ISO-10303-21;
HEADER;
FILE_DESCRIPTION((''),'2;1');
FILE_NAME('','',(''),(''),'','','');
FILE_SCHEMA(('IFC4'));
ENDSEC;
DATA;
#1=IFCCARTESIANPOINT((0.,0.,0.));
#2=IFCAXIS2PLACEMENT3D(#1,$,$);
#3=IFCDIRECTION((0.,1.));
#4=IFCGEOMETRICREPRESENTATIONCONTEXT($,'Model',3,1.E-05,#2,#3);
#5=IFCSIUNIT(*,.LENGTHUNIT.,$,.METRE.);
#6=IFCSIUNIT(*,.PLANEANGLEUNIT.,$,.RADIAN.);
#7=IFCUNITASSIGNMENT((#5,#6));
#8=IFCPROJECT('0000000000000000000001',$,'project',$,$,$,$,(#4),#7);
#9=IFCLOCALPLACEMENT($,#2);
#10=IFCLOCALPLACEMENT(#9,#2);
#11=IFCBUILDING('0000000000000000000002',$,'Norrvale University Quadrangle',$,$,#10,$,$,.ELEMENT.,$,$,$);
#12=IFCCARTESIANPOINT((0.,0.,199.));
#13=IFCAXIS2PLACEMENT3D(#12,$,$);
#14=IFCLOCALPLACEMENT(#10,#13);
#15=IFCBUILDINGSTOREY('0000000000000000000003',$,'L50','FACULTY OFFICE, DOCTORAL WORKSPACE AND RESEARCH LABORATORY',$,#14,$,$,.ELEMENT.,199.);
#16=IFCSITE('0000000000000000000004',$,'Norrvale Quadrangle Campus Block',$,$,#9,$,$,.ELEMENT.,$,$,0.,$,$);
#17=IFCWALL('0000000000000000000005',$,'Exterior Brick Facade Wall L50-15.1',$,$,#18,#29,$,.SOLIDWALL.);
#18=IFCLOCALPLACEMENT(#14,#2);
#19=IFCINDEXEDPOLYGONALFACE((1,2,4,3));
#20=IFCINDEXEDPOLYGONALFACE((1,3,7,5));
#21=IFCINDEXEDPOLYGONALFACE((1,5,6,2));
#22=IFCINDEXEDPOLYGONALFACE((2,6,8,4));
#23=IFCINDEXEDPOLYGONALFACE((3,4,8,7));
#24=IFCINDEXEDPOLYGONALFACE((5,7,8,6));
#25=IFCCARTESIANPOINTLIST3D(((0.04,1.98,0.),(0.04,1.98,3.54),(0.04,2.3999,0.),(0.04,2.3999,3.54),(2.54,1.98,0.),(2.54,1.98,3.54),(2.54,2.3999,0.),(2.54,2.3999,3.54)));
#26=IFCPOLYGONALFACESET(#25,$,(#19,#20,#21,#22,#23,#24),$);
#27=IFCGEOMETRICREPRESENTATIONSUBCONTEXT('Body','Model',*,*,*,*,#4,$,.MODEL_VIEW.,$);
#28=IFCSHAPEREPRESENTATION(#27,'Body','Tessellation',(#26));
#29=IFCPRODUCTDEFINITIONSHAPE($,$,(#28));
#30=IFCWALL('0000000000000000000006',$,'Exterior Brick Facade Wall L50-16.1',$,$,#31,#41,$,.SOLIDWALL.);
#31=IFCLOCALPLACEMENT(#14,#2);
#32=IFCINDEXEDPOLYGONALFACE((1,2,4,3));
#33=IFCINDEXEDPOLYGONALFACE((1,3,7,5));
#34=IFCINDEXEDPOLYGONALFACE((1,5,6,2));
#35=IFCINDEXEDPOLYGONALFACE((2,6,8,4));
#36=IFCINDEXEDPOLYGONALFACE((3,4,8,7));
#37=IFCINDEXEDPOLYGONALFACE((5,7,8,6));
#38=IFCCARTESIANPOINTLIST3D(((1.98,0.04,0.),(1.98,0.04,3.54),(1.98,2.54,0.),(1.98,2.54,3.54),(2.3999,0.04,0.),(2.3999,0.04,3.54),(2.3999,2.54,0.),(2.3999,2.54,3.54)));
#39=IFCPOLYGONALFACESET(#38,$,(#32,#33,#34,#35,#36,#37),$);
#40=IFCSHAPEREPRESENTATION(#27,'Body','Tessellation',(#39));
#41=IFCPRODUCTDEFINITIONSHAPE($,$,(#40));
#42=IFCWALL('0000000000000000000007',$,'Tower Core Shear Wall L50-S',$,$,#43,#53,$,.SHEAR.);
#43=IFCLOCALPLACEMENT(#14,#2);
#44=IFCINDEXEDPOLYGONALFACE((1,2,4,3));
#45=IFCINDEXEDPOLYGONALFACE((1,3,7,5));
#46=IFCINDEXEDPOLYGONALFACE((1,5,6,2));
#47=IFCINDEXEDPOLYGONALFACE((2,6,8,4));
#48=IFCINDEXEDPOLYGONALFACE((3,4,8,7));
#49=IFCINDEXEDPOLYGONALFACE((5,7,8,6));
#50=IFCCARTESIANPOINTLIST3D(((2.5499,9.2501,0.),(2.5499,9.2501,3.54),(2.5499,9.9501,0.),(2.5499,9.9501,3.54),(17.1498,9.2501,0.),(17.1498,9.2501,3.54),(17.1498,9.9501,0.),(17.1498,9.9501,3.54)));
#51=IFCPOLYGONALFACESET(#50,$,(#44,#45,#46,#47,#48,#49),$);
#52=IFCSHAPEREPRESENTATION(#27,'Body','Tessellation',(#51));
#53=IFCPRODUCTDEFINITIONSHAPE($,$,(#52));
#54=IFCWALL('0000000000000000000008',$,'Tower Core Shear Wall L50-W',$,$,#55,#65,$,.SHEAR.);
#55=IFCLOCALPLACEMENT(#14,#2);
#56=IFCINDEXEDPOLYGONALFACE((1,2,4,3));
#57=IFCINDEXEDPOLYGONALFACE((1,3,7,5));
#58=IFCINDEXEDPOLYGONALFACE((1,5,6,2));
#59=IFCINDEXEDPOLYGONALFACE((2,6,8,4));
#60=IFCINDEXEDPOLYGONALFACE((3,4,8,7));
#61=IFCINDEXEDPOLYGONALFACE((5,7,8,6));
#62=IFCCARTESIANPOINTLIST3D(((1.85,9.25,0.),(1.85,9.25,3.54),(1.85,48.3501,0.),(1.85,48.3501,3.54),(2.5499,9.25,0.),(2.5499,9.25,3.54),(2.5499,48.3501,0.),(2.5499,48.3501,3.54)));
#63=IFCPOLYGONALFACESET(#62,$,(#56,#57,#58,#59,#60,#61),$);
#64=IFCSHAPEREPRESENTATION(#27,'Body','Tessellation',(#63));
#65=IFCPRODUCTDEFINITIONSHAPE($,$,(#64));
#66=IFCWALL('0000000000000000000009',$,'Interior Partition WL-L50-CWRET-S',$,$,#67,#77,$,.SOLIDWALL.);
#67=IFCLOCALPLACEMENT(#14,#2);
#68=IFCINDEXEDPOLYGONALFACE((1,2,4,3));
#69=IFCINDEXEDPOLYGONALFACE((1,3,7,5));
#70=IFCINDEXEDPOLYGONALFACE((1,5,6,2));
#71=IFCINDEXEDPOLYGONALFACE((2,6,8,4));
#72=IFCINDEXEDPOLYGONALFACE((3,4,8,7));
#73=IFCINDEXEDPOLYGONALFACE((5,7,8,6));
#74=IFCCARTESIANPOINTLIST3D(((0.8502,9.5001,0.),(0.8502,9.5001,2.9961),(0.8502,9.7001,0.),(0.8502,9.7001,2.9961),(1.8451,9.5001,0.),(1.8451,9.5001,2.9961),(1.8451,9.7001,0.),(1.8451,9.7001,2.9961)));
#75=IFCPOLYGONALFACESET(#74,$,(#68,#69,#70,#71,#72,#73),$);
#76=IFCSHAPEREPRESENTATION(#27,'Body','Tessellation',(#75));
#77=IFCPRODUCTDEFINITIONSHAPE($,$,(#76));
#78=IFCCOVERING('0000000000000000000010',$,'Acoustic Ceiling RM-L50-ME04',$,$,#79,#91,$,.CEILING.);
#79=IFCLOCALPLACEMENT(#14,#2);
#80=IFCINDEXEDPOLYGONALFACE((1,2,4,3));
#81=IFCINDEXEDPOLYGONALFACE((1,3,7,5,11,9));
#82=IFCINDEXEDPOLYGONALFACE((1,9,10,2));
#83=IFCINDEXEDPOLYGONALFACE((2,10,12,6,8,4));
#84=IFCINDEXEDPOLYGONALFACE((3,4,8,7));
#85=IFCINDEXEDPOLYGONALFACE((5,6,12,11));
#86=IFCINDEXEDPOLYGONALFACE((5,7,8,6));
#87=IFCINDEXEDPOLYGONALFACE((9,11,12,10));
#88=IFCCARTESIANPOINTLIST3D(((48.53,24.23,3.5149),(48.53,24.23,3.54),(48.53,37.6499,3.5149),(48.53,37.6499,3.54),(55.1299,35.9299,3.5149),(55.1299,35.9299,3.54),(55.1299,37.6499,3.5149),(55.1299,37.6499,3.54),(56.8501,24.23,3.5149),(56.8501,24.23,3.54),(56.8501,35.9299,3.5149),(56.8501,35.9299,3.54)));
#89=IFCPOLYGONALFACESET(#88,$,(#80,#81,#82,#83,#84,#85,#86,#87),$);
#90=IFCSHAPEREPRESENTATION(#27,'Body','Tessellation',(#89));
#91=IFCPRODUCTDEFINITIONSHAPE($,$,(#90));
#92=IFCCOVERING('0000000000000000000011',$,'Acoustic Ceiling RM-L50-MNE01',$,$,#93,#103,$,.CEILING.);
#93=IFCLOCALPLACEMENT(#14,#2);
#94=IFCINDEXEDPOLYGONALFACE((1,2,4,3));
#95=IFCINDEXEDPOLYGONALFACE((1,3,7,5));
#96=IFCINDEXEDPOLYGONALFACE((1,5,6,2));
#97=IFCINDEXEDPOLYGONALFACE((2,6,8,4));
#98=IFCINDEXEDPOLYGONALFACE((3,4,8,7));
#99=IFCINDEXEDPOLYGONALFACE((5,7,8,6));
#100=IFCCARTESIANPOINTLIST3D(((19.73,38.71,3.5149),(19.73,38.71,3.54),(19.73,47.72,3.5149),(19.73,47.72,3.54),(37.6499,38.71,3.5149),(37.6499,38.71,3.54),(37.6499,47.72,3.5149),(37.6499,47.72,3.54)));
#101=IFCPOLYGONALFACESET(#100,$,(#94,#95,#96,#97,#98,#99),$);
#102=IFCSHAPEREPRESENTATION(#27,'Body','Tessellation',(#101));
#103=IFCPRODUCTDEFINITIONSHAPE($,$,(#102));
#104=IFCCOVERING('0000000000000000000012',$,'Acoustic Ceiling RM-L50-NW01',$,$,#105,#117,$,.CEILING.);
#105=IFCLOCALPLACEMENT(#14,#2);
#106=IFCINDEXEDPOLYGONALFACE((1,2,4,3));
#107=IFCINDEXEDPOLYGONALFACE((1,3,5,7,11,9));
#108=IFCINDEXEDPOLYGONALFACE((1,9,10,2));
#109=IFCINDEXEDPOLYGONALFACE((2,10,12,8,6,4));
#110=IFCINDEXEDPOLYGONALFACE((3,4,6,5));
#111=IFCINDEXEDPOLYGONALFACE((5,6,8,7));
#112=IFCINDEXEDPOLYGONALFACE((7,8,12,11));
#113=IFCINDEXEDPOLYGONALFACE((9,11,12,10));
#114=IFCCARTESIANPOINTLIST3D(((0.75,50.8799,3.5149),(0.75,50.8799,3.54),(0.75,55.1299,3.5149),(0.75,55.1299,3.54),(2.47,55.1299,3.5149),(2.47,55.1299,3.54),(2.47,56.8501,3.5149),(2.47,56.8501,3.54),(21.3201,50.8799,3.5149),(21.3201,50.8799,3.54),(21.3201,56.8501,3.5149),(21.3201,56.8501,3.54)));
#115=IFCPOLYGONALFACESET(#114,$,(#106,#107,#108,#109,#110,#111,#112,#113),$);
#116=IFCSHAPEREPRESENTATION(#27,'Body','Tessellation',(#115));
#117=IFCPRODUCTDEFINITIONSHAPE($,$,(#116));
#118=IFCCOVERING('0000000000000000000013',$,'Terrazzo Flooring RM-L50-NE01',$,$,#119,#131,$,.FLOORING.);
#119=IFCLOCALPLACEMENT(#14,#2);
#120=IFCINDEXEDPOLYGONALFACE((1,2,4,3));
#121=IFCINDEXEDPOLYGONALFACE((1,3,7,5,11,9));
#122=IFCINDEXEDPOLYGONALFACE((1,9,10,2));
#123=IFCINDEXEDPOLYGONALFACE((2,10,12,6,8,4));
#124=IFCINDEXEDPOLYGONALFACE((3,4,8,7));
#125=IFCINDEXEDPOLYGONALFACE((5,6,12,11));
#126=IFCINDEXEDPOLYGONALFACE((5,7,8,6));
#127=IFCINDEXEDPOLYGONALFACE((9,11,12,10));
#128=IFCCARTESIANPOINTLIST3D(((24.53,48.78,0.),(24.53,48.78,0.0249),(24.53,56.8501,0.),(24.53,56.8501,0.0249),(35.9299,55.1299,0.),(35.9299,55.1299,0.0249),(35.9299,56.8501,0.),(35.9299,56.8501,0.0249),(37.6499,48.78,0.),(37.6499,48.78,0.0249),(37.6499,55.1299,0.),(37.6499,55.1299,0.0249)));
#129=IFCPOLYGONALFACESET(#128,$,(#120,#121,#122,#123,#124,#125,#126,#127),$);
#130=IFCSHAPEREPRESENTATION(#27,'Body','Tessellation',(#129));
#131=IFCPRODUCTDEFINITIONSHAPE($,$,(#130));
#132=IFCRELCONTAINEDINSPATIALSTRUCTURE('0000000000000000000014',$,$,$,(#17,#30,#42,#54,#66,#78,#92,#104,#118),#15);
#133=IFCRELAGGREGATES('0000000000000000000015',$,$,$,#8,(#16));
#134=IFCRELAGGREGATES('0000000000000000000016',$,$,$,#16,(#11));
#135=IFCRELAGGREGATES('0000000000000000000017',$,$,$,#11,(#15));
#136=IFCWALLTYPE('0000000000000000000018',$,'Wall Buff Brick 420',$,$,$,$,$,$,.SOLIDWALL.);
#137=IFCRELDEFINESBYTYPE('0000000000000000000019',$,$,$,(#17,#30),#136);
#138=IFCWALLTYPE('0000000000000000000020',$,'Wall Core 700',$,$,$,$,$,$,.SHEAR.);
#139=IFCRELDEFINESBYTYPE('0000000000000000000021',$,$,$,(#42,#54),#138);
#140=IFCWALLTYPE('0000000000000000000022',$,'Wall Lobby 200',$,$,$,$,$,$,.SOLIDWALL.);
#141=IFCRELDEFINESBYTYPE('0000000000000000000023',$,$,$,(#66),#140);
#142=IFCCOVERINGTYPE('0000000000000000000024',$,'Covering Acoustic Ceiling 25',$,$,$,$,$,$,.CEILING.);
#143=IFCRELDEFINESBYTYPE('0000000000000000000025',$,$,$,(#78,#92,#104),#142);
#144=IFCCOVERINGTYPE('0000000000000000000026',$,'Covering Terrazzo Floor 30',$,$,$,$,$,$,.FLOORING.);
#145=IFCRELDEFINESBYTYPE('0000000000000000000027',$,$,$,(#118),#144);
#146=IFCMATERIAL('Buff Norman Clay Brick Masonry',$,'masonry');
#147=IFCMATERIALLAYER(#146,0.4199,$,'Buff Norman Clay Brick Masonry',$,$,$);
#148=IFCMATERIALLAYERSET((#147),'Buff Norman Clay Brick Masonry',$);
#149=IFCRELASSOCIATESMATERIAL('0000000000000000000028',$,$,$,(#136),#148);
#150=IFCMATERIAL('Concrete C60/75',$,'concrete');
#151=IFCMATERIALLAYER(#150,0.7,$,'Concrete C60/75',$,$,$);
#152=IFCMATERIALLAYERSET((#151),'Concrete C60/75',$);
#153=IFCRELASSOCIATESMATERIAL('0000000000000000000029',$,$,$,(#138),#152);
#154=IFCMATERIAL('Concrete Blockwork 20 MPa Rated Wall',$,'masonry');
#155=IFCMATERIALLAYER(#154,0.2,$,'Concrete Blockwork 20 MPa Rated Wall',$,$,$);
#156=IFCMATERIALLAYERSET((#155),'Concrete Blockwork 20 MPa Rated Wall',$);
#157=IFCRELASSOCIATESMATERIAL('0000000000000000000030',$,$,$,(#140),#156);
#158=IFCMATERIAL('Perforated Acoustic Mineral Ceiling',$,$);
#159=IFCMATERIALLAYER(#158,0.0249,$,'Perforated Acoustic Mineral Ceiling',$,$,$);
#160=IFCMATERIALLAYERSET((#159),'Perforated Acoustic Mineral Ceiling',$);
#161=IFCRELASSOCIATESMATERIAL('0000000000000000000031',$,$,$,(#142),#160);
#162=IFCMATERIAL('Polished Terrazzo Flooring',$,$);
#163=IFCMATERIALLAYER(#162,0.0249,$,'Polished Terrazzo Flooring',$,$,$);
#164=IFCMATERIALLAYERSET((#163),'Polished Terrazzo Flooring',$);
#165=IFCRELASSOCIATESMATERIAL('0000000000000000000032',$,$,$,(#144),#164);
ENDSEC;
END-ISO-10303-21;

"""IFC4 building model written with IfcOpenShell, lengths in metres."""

from ifc_helpers import new_model, si_unit, direction, frame, frame_2d, origin, place, context, subcontext, project, spatial, polyline, rectangle, outline, extrude, material, layer, layer_set, type_object, element, save


model = new_model("IFC4")

# Units and contexts
model_context = context("Model", 3, precision=1e-05, world=origin(), true_north=direction((0.0, 1.0)))
body_context = subcontext(model_context, "Body", "Model", "MODEL_VIEW")
ifc_project = project(units=[si_unit("LENGTHUNIT", "METRE"), si_unit("PLANEANGLEUNIT", "RADIAN")], contexts=[model_context])

# Site, building, storey
site_placement = place(None, origin())
site = spatial("IfcSite", under=ifc_project, at=site_placement, Name="Norrvale Quadrangle Campus Block", CompositionType="ELEMENT", RefElevation=0.0)
building_placement = place(site_placement, origin())
building = spatial("IfcBuilding", under=site, at=building_placement, Name="Norrvale University Quadrangle", CompositionType="ELEMENT")
storey_placement = place(building_placement, frame((0.0, 0.0, 199.0)))
storey = spatial("IfcBuildingStorey", under=building, at=storey_placement, Name="L50", Description="FACULTY OFFICE, DOCTORAL WORKSPACE AND RESEARCH LABORATORY", CompositionType="ELEMENT", Elevation=199.0)

# Shared definitions
ifc_material_1 = material(Name="Concrete C60/75", Category="concrete")

# Shared definitions
ifc_material_2 = material(Name="Buff Norman Clay Brick Masonry", Category="masonry")
ifc_layer_1 = layer(ifc_material_2, 0.4199, Name="Buff Norman Clay Brick Masonry")
ifc_layer_set_1 = layer_set([ifc_layer_1], Name="Buff Norman Clay Brick Masonry")
wall_type_1 = type_object("IfcWallType", Name="Wall Buff Brick 420", PredefinedType="SOLIDWALL", material=ifc_layer_set_1)

# Walls
for number, where, z_axis, x_axis, name in (
    (1, (0.04, 2.1899, 0.0), (0.0, 0.0, 1.0), (1.0, 0.0, 0.0), "Exterior Brick Facade Wall L50-15.1"),
    (2, (2.1899, 2.54, 0.0), (0.0, 0.0, 1.0), (0.0, -1.0, 0.0), "Exterior Brick Facade Wall L50-16.1"),
):
    element("IfcWall", number, at=place(storey_placement, frame(where, z_axis=z_axis, x_axis=x_axis)), inside=storey, type_object=wall_type_1, Name=name, PredefinedType="SOLIDWALL", context=body_context, shape_type="SweptSolid", body=[
        extrude(rectangle(XDim=2.5, YDim=0.4199, at=frame_2d((1.25, 0.0))), origin(), (0.0, 0.0, 1.0), 3.54),
    ])
ifc_layer_2 = layer(ifc_material_1, 0.7, Name="Concrete C60/75")
ifc_layer_set_2 = layer_set([ifc_layer_2], Name="Concrete C60/75")
wall_type_2 = type_object("IfcWallType", Name="Wall Core 700", PredefinedType="SHEAR", material=ifc_layer_set_2)
wall_1_placement = place(storey_placement, frame((2.55, 9.6001, 0.0), z_axis=(0.0, 0.0, 1.0), x_axis=(1.0, 0.0, 0.0)))
element("IfcWall", 3, at=wall_1_placement, inside=storey, type_object=wall_type_2, Name="Tower Core Shear Wall L50-S", PredefinedType="SHEAR", context=body_context, shape_type="SweptSolid", body=[
    extrude(rectangle(XDim=14.5999, YDim=0.7, at=frame_2d((7.2998, 0.0))), origin(), (0.0, 0.0, 1.0), 3.54),
])
wall_2_placement = place(storey_placement, frame((2.2, 9.25, 0.0), z_axis=(0.0, 0.0, 1.0), x_axis=(0.0, 1.0, 0.0)))
element("IfcWall", 4, at=wall_2_placement, inside=storey, type_object=wall_type_2, Name="Tower Core Shear Wall L50-W", PredefinedType="SHEAR", context=body_context, shape_type="SweptSolid", body=[
    extrude(rectangle(XDim=39.1001, YDim=0.7, at=frame_2d((19.55, 0.0))), origin(), (0.0, 0.0, 1.0), 3.54),
])
ifc_material_3 = material(Name="Concrete Blockwork 20 MPa Rated Wall", Category="masonry")
ifc_layer_3 = layer(ifc_material_3, 0.2, Name="Concrete Blockwork 20 MPa Rated Wall")
ifc_layer_set_3 = layer_set([ifc_layer_3], Name="Concrete Blockwork 20 MPa Rated Wall")
wall_type_3 = type_object("IfcWallType", Name="Wall Lobby 200", PredefinedType="SOLIDWALL", material=ifc_layer_set_3)
wall_3_placement = place(storey_placement, frame((0.8501, 9.6001, 0.0), z_axis=(0.0, 0.0, 1.0), x_axis=(1.0, 0.0, 0.0)))
element("IfcWall", 5, at=wall_3_placement, inside=storey, type_object=wall_type_3, Name="Interior Partition WL-L50-CWRET-S", PredefinedType="SOLIDWALL", context=body_context, shape_type="SweptSolid", body=[
    extrude(rectangle(XDim=0.9949, YDim=0.2, at=frame_2d((0.4976, 0.0))), origin(), (0.0, 0.0, 1.0), 2.9961),
])

# Coverings
ifc_material_4 = material(Name="Perforated Acoustic Mineral Ceiling")
ifc_layer_4 = layer(ifc_material_4, 0.0249, Name="Perforated Acoustic Mineral Ceiling")
ifc_layer_set_4 = layer_set([ifc_layer_4], Name="Perforated Acoustic Mineral Ceiling")
covering_type_1 = type_object("IfcCoveringType", Name="Covering Acoustic Ceiling 25", PredefinedType="CEILING", material=ifc_layer_set_4)
covering_1_placement = place(storey_placement, frame((0.0, 0.0, 3.5149)))
element("IfcCovering", 6, at=covering_1_placement, inside=storey, type_object=covering_type_1, Name="Acoustic Ceiling RM-L50-ME04", PredefinedType="CEILING", context=body_context, shape_type="SweptSolid", body=[
    extrude(outline(polyline([(56.8501, 24.23), (48.53, 24.23), (48.53, 37.6499), (55.1299, 37.6499), (55.1299, 35.9299), (56.8501, 35.9299), (56.8501, 24.23)])), origin(), (0.0, 0.0, 1.0), 0.0251),
])
covering_2_placement = place(storey_placement, frame((0.0, 0.0, 3.5149)))
element("IfcCovering", 7, at=covering_2_placement, inside=storey, type_object=covering_type_1, Name="Acoustic Ceiling RM-L50-MNE01", PredefinedType="CEILING", context=body_context, shape_type="SweptSolid", body=[
    extrude(outline(polyline([(19.73, 47.72), (37.6499, 47.72), (37.6499, 38.71), (19.73, 38.71), (19.73, 47.72)])), origin(), (0.0, 0.0, 1.0), 0.0251),
])
covering_3_placement = place(storey_placement, frame((0.0, 0.0, 3.5149)))
element("IfcCovering", 8, at=covering_3_placement, inside=storey, type_object=covering_type_1, Name="Acoustic Ceiling RM-L50-NW01", PredefinedType="CEILING", context=body_context, shape_type="SweptSolid", body=[
    extrude(outline(polyline([(21.3201, 56.8501), (21.3201, 50.8799), (0.75, 50.8799), (0.75, 55.1299), (2.47, 55.1299), (2.47, 56.8501), (21.3201, 56.8501)])), origin(), (0.0, 0.0, 1.0), 0.0251),
])
ifc_material_5 = material(Name="Polished Terrazzo Flooring")
ifc_layer_5 = layer(ifc_material_5, 0.0249, Name="Polished Terrazzo Flooring")
ifc_layer_set_5 = layer_set([ifc_layer_5], Name="Polished Terrazzo Flooring")
covering_type_2 = type_object("IfcCoveringType", Name="Covering Terrazzo Floor 30", PredefinedType="FLOORING", material=ifc_layer_set_5)
covering_4_placement = place(storey_placement, origin())
element("IfcCovering", 9, at=covering_4_placement, inside=storey, type_object=covering_type_2, Name="Terrazzo Flooring RM-L50-NE01", PredefinedType="FLOORING", context=body_context, shape_type="SweptSolid", body=[
    extrude(outline(polyline([(37.6499, 48.78), (24.53, 48.78), (24.53, 56.8501), (35.9299, 56.8501), (35.9299, 55.1299), (37.6499, 55.1299), (37.6499, 48.78)])), origin(), (0.0, 0.0, 1.0), 0.0249),
])

save(model, "model.ifc")
